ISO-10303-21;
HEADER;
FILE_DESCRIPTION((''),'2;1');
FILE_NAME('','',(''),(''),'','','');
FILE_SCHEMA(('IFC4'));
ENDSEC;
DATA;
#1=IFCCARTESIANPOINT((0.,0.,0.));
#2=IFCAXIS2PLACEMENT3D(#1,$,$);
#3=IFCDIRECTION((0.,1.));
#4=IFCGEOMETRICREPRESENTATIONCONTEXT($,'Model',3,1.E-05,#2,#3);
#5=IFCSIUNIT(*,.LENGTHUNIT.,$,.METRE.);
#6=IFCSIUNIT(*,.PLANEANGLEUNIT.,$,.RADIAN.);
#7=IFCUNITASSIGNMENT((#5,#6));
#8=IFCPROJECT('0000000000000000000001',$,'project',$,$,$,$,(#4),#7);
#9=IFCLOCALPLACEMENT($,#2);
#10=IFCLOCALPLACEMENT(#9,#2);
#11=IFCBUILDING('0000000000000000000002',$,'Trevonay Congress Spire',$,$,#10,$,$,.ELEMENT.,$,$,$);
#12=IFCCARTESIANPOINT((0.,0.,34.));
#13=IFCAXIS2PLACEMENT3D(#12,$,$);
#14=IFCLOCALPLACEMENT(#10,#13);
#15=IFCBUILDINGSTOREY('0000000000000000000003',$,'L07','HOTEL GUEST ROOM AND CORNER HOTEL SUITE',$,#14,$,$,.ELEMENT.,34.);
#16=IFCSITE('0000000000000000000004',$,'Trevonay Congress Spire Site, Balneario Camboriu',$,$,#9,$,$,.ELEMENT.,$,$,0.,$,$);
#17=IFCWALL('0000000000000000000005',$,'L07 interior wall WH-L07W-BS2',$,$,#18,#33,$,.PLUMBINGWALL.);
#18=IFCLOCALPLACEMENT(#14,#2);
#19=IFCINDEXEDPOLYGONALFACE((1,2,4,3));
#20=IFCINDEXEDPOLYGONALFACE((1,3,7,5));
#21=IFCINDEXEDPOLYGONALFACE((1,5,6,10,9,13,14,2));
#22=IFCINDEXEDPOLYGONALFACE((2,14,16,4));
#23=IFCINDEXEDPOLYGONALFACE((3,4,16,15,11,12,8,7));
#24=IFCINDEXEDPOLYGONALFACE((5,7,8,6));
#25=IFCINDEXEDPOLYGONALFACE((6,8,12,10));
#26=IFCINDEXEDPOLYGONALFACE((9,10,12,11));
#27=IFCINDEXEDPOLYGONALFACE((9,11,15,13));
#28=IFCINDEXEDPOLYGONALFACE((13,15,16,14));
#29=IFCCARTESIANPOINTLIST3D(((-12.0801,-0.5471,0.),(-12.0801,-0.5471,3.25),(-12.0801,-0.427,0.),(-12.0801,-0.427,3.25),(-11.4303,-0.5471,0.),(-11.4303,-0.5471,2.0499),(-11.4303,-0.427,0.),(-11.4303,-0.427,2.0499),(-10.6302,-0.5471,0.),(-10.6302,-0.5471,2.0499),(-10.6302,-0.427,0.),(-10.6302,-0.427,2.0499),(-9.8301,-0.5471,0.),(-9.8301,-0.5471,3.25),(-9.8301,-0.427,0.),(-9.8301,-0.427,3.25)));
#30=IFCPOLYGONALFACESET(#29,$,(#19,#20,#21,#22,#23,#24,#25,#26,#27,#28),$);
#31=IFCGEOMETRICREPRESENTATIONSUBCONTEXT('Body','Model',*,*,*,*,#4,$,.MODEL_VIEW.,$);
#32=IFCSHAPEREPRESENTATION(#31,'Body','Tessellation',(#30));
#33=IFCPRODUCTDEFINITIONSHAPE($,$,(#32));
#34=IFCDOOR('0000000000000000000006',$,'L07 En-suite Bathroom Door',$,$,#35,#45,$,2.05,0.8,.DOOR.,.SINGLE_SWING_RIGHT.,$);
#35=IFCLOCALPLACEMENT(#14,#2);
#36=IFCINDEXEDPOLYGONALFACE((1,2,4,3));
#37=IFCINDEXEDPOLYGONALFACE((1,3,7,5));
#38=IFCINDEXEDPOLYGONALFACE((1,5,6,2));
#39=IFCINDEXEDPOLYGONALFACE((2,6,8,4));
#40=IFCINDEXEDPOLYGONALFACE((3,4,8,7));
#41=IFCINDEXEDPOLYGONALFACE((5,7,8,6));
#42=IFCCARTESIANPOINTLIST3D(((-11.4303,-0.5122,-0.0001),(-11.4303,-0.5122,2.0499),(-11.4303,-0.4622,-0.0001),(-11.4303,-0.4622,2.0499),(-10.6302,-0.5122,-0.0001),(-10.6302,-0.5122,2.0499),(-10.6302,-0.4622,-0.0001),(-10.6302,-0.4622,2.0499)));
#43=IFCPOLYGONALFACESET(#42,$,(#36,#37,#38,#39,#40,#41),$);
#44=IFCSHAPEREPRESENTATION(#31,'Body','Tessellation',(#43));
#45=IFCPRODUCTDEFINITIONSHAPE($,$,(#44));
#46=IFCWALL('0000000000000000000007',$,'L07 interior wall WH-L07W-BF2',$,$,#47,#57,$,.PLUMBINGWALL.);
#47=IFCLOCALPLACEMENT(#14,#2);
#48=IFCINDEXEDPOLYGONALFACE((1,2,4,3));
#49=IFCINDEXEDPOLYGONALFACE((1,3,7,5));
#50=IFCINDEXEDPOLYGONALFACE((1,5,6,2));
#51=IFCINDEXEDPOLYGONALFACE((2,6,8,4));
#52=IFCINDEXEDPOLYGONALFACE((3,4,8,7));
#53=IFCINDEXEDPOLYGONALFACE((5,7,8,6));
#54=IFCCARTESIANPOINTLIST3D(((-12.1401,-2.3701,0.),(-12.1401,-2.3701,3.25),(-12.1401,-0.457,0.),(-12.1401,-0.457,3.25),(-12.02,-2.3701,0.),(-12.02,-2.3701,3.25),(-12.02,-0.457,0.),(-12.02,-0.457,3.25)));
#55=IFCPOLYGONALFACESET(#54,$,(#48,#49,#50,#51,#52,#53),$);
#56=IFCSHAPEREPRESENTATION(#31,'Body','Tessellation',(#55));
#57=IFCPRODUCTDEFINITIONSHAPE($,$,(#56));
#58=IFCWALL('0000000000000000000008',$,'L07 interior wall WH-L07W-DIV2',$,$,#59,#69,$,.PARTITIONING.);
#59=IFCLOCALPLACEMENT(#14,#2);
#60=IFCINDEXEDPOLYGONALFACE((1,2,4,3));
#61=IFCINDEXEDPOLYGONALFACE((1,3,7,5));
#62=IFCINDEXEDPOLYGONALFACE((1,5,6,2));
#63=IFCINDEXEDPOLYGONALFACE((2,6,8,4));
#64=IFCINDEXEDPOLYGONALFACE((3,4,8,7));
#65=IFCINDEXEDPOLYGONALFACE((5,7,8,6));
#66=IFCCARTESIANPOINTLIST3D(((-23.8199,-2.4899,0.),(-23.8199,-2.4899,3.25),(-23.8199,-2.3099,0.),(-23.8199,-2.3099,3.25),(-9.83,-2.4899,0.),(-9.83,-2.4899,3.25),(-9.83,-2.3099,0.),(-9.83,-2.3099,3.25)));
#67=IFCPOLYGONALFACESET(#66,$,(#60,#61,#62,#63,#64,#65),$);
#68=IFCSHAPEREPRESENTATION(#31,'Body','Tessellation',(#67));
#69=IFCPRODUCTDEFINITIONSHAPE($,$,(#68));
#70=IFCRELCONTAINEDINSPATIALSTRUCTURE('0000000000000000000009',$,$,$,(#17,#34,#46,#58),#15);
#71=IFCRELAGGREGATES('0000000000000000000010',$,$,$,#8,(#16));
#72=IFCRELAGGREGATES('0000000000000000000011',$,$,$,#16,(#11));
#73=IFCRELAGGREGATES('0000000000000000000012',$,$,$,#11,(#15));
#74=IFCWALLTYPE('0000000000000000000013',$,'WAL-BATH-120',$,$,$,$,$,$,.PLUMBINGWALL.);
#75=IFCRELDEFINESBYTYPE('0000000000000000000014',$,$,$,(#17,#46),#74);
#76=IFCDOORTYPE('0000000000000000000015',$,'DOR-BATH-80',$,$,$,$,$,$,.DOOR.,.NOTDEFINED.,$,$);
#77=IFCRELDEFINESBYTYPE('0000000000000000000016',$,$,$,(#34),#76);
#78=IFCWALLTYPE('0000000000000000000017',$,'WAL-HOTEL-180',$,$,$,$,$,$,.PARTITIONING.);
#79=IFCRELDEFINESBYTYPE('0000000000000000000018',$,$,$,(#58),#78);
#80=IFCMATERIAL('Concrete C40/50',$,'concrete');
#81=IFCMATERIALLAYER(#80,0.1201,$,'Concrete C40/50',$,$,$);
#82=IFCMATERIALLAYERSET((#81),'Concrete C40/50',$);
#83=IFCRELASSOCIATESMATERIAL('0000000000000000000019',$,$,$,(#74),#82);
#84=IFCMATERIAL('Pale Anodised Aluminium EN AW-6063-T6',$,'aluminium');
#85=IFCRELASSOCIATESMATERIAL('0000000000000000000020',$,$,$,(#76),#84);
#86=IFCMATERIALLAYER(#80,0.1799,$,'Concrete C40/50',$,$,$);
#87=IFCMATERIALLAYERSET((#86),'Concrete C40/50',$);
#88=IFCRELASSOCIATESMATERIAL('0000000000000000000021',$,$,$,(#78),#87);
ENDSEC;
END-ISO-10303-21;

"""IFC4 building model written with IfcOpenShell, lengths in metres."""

from ifc_helpers import new_model, si_unit, direction, frame, frame_2d, origin, place, context, subcontext, project, spatial, rectangle, extrude, material, layer, layer_set, type_object, element, fill, save


model = new_model("IFC4")

# Units and contexts
model_context = context("Model", 3, precision=1e-05, world=origin(), true_north=direction((0.0, 1.0)))
body_context = subcontext(model_context, "Body", "Model", "MODEL_VIEW")
ifc_project = project(units=[si_unit("LENGTHUNIT", "METRE"), si_unit("PLANEANGLEUNIT", "RADIAN")], contexts=[model_context])

# Site, building, storey
site_placement = place(None, origin())
site = spatial("IfcSite", under=ifc_project, at=site_placement, Name="Trevonay Congress Spire Site, Balneario Camboriu", CompositionType="ELEMENT", RefElevation=0.0)
building_placement = place(site_placement, origin())
building = spatial("IfcBuilding", under=site, at=building_placement, Name="Trevonay Congress Spire", CompositionType="ELEMENT")
storey_placement = place(building_placement, frame((0.0, 0.0, 34.0)))
storey = spatial("IfcBuildingStorey", under=building, at=storey_placement, Name="L07", Description="HOTEL GUEST ROOM AND CORNER HOTEL SUITE", CompositionType="ELEMENT", Elevation=34.0)

# Shared definitions
ifc_material_1 = material(Name="Pale Anodised Aluminium EN AW-6063-T6", Category="aluminium")

# Shared definitions
ifc_material_2 = material(Name="Concrete C40/50", Category="concrete")
ifc_layer_1 = layer(ifc_material_2, 0.1201, Name="Concrete C40/50")
ifc_layer_set_1 = layer_set([ifc_layer_1], Name="Concrete C40/50")
wall_type_1 = type_object("IfcWallType", Name="WAL-BATH-120", PredefinedType="PLUMBINGWALL", material=ifc_layer_set_1)
door_type = type_object("IfcDoorType", Name="DOR-BATH-80", OperationType="NOTDEFINED", PredefinedType="DOOR", material=ifc_material_1)

# Wall, opening, door
wall_1_placement = place(storey_placement, frame((-12.0801, -0.4871, 0.0), z_axis=(0.0, 0.0, 1.0), x_axis=(1.0, 0.0, 0.0)))
wall_1 = element("IfcWall", 1, at=wall_1_placement, inside=storey, type_object=wall_type_1, Name="L07 interior wall WH-L07W-BS2", PredefinedType="PLUMBINGWALL", context=body_context, shape_type="SweptSolid", body=[
    extrude(rectangle(XDim=2.25, YDim=0.1201, at=frame_2d((1.125, 0.0))), origin(), (0.0, 0.0, 1.0), 3.25),
])
opening_1_placement = place(wall_1_placement, frame((0.6499, 0.0, 0.0)))
opening_1 = element("IfcOpeningElement", 2, at=opening_1_placement, cuts=wall_1, PredefinedType="OPENING", context=body_context, shape_type="SweptSolid", body=[
    extrude(rectangle(XDim=0.8, YDim=2.05, at=frame_2d((0.3999, 1.0249))), frame((0.0, 0.0701, 0.0), z_axis=(0.0, -1.0, 0.0), x_axis=(1.0, 0.0, 0.0)), (0.0, 0.0, 1.0), 0.1401),
])
door_1_placement = place(opening_1_placement, origin())
door_1 = element("IfcDoor", 3, at=door_1_placement, inside=storey, type_object=door_type, Name="L07 En-suite Bathroom Door", OperationType="SINGLE_SWING_RIGHT", OverallHeight=2.05, OverallWidth=0.8, PredefinedType="DOOR", context=body_context, shape_type="SweptSolid", body=[
    extrude(rectangle(XDim=0.8, YDim=2.05, at=frame_2d((0.3999, 1.0249))), frame((0.0, 0.0249, 0.0), z_axis=(0.0, -1.0, 0.0), x_axis=(1.0, 0.0, 0.0)), (0.0, 0.0, 1.0), 0.05),
])
fill(opening_1, door_1)

# Walls
wall_2_placement = place(storey_placement, frame((-12.0801, -2.3701, 0.0), z_axis=(0.0, 0.0, 1.0), x_axis=(0.0, 1.0, 0.0)))
element("IfcWall", 4, at=wall_2_placement, inside=storey, type_object=wall_type_1, Name="L07 interior wall WH-L07W-BF2", PredefinedType="PLUMBINGWALL", context=body_context, shape_type="SweptSolid", body=[
    extrude(rectangle(XDim=1.9131, YDim=0.1201, at=frame_2d((0.9565, 0.0))), origin(), (0.0, 0.0, 1.0), 3.25),
])
ifc_layer_2 = layer(ifc_material_2, 0.1799, Name="Concrete C40/50")
ifc_layer_set_2 = layer_set([ifc_layer_2], Name="Concrete C40/50")
wall_type_2 = type_object("IfcWallType", Name="WAL-HOTEL-180", PredefinedType="PARTITIONING", material=ifc_layer_set_2)
wall_3_placement = place(storey_placement, frame((-23.8201, -2.3999, 0.0), z_axis=(0.0, 0.0, 1.0), x_axis=(1.0, 0.0, 0.0)))
element("IfcWall", 5, at=wall_3_placement, inside=storey, type_object=wall_type_2, Name="L07 interior wall WH-L07W-DIV2", PredefinedType="PARTITIONING", context=body_context, shape_type="SweptSolid", body=[
    extrude(rectangle(XDim=13.99, YDim=0.1799, at=frame_2d((6.9951, 0.0))), origin(), (0.0, 0.0, 1.0), 3.25),
])

save(model, "model.ifc")
